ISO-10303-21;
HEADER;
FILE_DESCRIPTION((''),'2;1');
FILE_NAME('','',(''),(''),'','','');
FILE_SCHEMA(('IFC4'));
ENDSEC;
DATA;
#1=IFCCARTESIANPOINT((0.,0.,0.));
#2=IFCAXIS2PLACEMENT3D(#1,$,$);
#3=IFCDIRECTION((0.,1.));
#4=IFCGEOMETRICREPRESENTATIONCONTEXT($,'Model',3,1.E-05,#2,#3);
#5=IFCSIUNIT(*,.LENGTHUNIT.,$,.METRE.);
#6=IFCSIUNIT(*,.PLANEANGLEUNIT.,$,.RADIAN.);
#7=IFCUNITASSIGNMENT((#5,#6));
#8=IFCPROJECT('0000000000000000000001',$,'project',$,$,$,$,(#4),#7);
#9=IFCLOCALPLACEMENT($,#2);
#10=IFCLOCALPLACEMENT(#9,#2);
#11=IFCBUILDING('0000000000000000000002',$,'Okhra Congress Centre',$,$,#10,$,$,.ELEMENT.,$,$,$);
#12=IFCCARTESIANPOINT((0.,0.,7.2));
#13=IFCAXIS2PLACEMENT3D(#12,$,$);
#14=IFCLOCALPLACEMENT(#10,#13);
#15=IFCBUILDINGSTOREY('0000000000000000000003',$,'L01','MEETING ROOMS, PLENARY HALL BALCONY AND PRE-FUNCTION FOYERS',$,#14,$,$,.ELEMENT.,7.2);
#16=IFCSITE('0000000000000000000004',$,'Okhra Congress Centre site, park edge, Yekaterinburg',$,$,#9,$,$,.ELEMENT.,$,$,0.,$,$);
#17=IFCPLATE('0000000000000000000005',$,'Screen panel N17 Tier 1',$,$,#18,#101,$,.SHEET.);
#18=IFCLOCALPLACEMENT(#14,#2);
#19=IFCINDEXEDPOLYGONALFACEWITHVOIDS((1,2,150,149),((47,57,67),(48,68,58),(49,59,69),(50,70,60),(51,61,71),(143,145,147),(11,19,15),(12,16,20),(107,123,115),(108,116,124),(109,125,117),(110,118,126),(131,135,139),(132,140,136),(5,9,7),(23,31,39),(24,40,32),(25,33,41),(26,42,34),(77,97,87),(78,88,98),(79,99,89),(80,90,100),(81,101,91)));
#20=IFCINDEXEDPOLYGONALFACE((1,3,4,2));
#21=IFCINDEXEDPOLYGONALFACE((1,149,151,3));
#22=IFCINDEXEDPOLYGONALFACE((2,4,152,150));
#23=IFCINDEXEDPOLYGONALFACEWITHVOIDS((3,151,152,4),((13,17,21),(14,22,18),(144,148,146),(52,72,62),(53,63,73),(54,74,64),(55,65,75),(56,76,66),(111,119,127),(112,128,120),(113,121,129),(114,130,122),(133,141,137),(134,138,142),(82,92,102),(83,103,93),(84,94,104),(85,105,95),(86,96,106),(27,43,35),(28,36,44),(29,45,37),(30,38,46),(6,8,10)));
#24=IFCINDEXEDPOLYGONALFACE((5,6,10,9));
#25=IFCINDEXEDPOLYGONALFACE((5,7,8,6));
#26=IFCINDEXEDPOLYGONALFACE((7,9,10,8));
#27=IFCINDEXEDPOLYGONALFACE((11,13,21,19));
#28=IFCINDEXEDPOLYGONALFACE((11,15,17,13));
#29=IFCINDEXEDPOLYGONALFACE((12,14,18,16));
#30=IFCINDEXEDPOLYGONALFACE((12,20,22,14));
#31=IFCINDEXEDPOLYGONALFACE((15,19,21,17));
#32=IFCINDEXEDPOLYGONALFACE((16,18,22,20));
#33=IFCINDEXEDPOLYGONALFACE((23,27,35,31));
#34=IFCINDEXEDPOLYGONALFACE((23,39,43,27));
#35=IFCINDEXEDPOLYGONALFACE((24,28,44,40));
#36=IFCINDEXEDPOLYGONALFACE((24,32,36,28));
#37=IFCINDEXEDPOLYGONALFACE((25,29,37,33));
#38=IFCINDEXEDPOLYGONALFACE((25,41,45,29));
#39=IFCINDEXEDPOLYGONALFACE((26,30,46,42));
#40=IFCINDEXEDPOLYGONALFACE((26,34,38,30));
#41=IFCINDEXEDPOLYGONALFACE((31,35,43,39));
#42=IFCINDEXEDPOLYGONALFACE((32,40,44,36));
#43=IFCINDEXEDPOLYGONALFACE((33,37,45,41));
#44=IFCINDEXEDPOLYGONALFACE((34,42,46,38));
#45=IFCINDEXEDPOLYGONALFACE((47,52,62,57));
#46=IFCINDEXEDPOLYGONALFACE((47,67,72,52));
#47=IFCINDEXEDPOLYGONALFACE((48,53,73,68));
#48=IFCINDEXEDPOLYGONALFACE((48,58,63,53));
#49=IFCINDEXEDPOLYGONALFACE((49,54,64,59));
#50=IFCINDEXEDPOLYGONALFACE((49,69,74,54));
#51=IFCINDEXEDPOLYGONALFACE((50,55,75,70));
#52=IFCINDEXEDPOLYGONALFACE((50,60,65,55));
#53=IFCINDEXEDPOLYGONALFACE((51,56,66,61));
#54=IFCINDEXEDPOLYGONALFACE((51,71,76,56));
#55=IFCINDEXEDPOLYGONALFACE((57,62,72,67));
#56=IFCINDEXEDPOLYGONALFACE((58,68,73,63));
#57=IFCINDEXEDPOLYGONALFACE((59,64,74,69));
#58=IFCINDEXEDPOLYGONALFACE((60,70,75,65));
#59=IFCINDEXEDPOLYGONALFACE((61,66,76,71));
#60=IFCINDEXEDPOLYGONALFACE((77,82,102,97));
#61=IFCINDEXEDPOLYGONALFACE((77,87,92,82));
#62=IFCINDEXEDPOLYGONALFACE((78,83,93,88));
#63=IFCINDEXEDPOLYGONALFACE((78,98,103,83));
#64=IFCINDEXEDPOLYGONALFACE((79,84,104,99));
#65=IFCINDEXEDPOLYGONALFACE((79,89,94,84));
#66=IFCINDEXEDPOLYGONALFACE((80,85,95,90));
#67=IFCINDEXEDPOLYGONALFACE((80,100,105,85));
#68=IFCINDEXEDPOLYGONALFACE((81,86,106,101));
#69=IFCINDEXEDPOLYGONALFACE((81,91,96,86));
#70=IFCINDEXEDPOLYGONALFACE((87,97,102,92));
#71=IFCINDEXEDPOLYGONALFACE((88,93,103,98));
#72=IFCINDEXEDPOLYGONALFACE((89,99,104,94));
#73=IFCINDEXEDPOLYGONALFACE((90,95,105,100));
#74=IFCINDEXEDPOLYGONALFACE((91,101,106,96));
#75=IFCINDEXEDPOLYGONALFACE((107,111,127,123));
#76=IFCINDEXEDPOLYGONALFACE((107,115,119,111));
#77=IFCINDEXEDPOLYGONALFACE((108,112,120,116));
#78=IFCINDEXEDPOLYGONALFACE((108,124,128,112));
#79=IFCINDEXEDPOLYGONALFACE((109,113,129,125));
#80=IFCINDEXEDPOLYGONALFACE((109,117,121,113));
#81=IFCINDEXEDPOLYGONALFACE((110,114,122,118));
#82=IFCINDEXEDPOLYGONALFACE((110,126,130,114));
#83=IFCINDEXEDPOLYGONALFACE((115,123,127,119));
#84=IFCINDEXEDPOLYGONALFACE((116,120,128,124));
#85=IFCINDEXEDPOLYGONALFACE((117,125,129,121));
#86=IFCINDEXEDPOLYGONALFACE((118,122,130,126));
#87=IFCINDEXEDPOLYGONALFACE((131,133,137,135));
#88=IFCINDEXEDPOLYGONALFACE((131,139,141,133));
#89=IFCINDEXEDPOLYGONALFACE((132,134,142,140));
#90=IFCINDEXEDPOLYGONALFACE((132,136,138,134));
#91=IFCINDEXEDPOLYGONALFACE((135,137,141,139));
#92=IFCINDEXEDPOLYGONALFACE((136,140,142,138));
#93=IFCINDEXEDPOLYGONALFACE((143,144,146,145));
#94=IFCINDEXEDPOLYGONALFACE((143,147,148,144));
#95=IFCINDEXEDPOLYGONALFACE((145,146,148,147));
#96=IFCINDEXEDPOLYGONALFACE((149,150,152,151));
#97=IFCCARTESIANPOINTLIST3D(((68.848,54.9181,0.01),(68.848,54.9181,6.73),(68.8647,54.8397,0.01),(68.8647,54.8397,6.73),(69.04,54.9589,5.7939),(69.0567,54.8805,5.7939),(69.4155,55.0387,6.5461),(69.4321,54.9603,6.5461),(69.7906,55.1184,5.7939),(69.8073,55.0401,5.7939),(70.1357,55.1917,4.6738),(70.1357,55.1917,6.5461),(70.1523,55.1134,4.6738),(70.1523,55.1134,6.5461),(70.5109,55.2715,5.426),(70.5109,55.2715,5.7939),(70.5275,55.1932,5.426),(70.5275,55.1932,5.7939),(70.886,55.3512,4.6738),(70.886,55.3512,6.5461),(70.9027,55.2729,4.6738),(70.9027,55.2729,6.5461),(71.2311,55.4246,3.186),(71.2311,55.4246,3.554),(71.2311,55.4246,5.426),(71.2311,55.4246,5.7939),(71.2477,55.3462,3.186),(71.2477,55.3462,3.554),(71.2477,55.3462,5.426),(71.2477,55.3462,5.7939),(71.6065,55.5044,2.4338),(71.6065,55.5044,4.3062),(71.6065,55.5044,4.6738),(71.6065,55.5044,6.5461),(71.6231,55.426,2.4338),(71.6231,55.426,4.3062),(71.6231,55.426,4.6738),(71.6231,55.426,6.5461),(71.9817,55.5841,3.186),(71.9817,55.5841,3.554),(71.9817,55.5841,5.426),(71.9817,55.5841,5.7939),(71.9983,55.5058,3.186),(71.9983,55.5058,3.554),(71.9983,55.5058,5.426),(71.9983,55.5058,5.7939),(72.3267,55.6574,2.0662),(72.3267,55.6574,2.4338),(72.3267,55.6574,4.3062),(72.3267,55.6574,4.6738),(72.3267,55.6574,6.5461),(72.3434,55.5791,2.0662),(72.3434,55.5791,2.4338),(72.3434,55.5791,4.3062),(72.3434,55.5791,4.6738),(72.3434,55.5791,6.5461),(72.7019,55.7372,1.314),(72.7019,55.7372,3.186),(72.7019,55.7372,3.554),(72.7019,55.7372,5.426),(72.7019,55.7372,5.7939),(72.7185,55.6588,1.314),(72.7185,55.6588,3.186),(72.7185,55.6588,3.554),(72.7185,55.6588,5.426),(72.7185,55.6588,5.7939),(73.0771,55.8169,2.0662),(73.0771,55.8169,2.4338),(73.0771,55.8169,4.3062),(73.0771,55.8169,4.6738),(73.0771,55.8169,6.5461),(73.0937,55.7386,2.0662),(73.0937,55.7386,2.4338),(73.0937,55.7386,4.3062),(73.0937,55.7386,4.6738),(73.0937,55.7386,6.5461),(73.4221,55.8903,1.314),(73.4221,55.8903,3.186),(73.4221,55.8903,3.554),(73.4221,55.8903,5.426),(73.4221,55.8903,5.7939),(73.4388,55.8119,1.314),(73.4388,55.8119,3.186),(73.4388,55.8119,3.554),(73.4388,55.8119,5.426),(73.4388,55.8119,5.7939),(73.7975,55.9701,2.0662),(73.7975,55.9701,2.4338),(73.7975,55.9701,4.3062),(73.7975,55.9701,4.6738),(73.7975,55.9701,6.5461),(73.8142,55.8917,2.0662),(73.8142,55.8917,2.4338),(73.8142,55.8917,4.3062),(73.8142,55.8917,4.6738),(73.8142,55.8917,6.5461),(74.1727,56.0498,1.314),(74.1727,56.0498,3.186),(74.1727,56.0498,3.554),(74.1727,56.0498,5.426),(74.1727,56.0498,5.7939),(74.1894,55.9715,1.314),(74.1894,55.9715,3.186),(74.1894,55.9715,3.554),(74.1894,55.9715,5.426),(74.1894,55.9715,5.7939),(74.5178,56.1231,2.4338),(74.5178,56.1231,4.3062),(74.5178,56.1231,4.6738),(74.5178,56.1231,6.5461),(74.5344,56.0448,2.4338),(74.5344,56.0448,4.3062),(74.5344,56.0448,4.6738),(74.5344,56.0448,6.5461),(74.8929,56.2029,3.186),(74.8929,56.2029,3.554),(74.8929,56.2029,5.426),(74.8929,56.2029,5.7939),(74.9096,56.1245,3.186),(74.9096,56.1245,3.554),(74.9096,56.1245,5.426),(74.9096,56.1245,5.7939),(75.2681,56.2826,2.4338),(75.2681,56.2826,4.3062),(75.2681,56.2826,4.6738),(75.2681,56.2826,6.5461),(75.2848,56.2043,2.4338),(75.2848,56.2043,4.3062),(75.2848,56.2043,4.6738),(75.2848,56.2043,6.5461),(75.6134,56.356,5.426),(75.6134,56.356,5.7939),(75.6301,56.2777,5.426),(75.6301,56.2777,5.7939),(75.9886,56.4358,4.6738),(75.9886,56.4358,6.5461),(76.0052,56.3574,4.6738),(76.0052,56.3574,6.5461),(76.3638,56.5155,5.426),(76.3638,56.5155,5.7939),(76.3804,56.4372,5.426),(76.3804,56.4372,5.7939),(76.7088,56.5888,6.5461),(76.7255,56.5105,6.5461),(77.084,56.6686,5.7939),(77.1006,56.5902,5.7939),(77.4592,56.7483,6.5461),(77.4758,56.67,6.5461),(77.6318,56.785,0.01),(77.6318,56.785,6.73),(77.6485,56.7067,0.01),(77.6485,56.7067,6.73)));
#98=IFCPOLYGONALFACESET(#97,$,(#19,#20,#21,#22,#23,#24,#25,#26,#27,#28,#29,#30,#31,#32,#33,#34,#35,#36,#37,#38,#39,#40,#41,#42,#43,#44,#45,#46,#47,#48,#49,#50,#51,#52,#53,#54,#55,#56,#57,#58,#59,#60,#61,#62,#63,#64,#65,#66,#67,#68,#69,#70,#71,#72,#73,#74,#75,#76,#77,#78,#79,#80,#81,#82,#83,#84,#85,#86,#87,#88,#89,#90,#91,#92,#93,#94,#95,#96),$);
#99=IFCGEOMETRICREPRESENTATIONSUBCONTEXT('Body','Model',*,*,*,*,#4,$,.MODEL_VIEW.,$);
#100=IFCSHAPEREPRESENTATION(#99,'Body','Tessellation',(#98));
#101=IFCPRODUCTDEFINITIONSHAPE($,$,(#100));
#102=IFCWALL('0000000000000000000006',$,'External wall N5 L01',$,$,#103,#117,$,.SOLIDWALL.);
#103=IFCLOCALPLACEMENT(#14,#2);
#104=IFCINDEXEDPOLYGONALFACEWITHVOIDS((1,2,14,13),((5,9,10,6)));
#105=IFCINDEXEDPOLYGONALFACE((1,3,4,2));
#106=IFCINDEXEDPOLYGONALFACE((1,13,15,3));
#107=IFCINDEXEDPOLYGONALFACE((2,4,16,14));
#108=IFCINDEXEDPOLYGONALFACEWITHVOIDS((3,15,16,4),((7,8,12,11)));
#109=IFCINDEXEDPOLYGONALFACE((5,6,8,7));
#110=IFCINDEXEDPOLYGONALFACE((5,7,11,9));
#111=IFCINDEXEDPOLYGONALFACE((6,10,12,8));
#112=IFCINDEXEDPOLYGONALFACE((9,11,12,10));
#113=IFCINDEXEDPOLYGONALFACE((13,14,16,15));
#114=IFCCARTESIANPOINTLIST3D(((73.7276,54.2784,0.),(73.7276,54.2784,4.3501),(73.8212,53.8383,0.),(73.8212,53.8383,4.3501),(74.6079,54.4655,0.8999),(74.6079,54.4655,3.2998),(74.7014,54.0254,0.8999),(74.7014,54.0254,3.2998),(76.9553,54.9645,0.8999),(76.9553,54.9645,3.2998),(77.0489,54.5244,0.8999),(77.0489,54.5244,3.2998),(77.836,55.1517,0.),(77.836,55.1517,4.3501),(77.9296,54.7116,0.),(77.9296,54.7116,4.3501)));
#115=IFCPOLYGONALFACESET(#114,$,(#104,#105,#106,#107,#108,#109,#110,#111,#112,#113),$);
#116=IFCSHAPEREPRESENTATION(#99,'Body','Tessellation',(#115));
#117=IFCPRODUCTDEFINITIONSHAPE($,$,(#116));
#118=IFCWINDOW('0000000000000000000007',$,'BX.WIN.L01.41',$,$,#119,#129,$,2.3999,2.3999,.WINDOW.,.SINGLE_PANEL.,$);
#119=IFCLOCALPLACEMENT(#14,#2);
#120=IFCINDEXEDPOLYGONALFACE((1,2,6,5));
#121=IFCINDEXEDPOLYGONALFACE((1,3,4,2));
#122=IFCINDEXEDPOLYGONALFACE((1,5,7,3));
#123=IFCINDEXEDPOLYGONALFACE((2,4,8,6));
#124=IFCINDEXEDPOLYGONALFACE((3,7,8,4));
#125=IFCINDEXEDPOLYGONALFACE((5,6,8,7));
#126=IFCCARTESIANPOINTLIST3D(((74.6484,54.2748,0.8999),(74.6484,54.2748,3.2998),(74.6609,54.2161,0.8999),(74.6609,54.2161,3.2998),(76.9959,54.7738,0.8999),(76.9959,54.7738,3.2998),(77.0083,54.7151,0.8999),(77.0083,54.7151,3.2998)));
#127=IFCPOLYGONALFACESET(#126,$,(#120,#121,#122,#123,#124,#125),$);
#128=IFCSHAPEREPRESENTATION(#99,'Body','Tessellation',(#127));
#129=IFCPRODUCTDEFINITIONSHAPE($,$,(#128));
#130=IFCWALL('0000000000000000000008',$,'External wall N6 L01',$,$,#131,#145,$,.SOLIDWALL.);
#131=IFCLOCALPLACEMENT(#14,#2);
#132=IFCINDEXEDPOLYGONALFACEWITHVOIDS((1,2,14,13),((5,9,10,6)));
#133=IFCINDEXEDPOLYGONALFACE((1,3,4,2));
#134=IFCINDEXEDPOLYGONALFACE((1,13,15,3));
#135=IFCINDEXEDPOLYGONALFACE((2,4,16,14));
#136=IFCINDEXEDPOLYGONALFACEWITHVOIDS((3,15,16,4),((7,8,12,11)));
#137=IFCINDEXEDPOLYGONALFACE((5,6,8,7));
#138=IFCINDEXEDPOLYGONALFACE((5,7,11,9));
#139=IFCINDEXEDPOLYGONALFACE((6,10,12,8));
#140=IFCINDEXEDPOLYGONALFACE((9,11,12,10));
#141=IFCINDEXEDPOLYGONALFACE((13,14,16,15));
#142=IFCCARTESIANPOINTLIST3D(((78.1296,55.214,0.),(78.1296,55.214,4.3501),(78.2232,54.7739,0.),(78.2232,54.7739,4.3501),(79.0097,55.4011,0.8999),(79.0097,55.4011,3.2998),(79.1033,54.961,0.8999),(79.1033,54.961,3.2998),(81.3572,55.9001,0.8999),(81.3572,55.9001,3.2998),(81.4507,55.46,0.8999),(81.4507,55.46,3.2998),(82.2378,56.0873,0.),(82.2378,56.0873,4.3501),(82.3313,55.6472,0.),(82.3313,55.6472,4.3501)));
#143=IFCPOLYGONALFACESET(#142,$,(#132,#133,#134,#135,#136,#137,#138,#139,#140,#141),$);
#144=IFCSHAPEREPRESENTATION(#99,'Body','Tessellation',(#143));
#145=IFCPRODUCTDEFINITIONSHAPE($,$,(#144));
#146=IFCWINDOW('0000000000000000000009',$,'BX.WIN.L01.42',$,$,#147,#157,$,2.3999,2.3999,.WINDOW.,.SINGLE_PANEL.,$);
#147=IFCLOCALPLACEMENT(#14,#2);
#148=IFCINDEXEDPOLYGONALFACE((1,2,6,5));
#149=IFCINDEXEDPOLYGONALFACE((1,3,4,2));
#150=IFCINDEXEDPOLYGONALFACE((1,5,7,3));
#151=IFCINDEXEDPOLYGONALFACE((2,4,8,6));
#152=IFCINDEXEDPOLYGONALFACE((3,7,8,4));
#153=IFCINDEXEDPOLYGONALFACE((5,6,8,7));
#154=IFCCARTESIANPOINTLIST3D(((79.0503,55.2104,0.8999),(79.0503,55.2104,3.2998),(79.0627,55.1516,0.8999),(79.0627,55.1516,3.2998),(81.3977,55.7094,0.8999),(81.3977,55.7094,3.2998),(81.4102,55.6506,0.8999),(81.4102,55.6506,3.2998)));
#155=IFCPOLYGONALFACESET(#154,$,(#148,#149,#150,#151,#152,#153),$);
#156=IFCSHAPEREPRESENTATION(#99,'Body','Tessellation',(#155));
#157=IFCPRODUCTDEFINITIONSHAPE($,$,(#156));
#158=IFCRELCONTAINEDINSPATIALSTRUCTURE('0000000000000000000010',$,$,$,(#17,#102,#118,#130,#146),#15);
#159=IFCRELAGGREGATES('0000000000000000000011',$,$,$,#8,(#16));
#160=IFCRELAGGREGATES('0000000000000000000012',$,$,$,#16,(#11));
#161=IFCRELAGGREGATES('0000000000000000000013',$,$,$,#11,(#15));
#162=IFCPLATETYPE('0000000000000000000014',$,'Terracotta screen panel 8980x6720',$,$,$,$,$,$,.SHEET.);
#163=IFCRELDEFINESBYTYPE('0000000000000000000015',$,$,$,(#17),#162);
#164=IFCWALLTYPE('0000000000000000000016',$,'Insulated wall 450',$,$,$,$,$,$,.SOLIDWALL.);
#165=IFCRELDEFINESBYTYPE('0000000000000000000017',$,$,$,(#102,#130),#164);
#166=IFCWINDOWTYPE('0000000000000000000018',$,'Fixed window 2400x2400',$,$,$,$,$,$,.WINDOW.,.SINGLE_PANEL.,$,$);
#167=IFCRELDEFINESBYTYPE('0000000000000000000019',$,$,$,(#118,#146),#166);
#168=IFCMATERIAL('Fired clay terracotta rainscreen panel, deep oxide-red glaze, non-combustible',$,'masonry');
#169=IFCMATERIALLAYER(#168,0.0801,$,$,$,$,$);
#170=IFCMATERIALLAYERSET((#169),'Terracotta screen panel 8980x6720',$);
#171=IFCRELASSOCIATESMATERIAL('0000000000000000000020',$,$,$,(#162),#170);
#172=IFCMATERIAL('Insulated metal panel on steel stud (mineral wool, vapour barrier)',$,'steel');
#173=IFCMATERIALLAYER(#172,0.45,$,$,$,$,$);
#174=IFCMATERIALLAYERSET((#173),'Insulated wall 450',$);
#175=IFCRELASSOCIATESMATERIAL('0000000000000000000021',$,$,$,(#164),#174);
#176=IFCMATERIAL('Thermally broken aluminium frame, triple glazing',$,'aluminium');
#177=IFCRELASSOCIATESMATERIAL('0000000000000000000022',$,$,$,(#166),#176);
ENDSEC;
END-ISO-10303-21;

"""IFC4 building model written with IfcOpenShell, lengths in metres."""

from ifc_helpers import new_model, si_unit, direction, frame, frame_2d, origin, place, context, subcontext, project, spatial, polyline, rectangle, outline, extrude, material, layer, layer_set, type_object, element, fill, save


model = new_model("IFC4")

# Units and contexts
model_context = context("Model", 3, precision=1e-05, world=origin(), true_north=direction((0.0, 1.0)))
body_context = subcontext(model_context, "Body", "Model", "MODEL_VIEW")
ifc_project = project(units=[si_unit("LENGTHUNIT", "METRE"), si_unit("PLANEANGLEUNIT", "RADIAN")], contexts=[model_context])

# Site, building, storey
site_placement = place(None, origin())
site = spatial("IfcSite", under=ifc_project, at=site_placement, Name="Okhra Congress Centre site, park edge, Yekaterinburg", CompositionType="ELEMENT", RefElevation=0.0)
building_placement = place(site_placement, origin())
building = spatial("IfcBuilding", under=site, at=building_placement, Name="Okhra Congress Centre", CompositionType="ELEMENT")
storey_placement = place(building_placement, frame((0.0, 0.0, 7.2)))
storey = spatial("IfcBuildingStorey", under=building, at=storey_placement, Name="L01", Description="MEETING ROOMS, PLENARY HALL BALCONY AND PRE-FUNCTION FOYERS", CompositionType="ELEMENT", Elevation=7.2)

# Plate
ifc_material_1 = material(Name="Fired clay terracotta rainscreen panel, deep oxide-red glaze, non-combustible", Category="masonry")
ifc_layer_1 = layer(ifc_material_1, 0.0801)
ifc_layer_set_1 = layer_set([ifc_layer_1], Name="Terracotta screen panel 8980x6720")
plate_type = type_object("IfcPlateType", Name="Terracotta screen panel 8980x6720", PredefinedType="SHEET", material=ifc_layer_set_1)
plate_1_placement = place(storey_placement, frame((77.6401, 56.7458, 0.01), z_axis=(0.0, 0.0, 1.0), x_axis=(-0.97815, -0.207902, 0.0)))
element("IfcPlate", 1, at=plate_1_placement, inside=storey, type_object=plate_type, Name="Screen panel N17 Tier 1", PredefinedType="SHEET", context=body_context, shape_type="SweptSolid", body=[
    extrude(outline(polyline([(0.0, 0.0), (8.98, 0.0), (8.98, 6.72), (0.0, 6.72), (0.0, 0.0)]), holes=[polyline([(3.5364, 1.304), (4.3037, 1.304), (3.9199, 2.0562), (3.5364, 1.304)]), polyline([(4.6565, 2.0562), (5.04, 1.304), (5.4236, 2.0562), (4.6565, 2.0562)]), polyline([(2.4165, 2.4238), (3.1836, 2.4238), (2.8, 3.176), (2.4165, 2.4238)]), polyline([(3.5364, 3.176), (3.9199, 2.4238), (4.3037, 3.176), (3.5364, 3.176)]), polyline([(4.6565, 2.4238), (5.4236, 2.4238), (5.04, 3.176), (4.6565, 2.4238)]), polyline([(5.7764, 3.176), (6.1599, 2.4238), (6.5437, 3.176), (5.7764, 3.176)]), polyline([(2.4165, 4.2961), (2.8, 3.5439), (3.1836, 4.2961), (2.4165, 4.2961)]), polyline([(3.5364, 3.5439), (4.3037, 3.5439), (3.9199, 4.2961), (3.5364, 3.5439)]), polyline([(4.6565, 4.2961), (5.04, 3.5439), (5.4236, 4.2961), (4.6565, 4.2961)]), polyline([(5.7764, 3.5439), (6.5437, 3.5439), (6.1599, 4.2961), (5.7764, 3.5439)]), polyline([(1.2964, 5.416), (1.6799, 4.6638), (2.0635, 5.416), (1.2964, 5.416)]), polyline([(2.4165, 4.6638), (3.1836, 4.6638), (2.8, 5.416), (2.4165, 4.6638)]), polyline([(3.5364, 5.416), (3.9199, 4.6638), (4.3037, 5.416), (3.5364, 5.416)]), polyline([(4.6565, 4.6638), (5.4236, 4.6638), (5.04, 5.416), (4.6565, 4.6638)]), polyline([(5.7764, 5.416), (6.1599, 4.6638), (6.5437, 5.416), (5.7764, 5.416)]), polyline([(6.8965, 4.6638), (7.6636, 4.6638), (7.28, 5.416), (6.8965, 4.6638)]), polyline([(0.1765, 6.5361), (0.5601, 5.7839), (0.9436, 6.5361), (0.1765, 6.5361)]), polyline([(1.2964, 5.7839), (2.0635, 5.7839), (1.6799, 6.5361), (1.2964, 5.7839)]), polyline([(2.4165, 6.5361), (2.8, 5.7839), (3.1836, 6.5361), (2.4165, 6.5361)]), polyline([(3.5364, 5.7839), (4.3037, 5.7839), (3.9199, 6.5361), (3.5364, 5.7839)]), polyline([(4.6565, 6.5361), (5.04, 5.7839), (5.4236, 6.5361), (4.6565, 6.5361)]), polyline([(5.7764, 5.7839), (6.5437, 5.7839), (6.1599, 6.5361), (5.7764, 5.7839)]), polyline([(6.8965, 6.5361), (7.28, 5.7839), (7.6636, 6.5361), (6.8965, 6.5361)]), polyline([(8.0164, 5.7839), (8.7837, 5.7839), (8.3999, 6.5361), (8.0164, 5.7839)])]), frame((0.0, 0.04, 0.0), z_axis=(0.0, -1.0, 0.0), x_axis=(1.0, 0.0, 0.0)), (0.0, 0.0, 1.0), 0.0801),
])

# Walls, openings, windows
ifc_material_2 = material(Name="Insulated metal panel on steel stud (mineral wool, vapour barrier)", Category="steel")
ifc_layer_2 = layer(ifc_material_2, 0.45)
ifc_layer_set_2 = layer_set([ifc_layer_2], Name="Insulated wall 450")
wall_type_1 = type_object("IfcWallType", Name="Insulated wall 450", PredefinedType="SOLIDWALL", material=ifc_layer_set_2)
wall_1_placement = place(storey_placement, frame((73.7744, 54.0583, 0.0), z_axis=(0.0, 0.0, 1.0), x_axis=(0.978146, 0.207917, 0.0)))
wall_1 = element("IfcWall", 2, at=wall_1_placement, inside=storey, type_object=wall_type_1, Name="External wall N5 L01", PredefinedType="SOLIDWALL", context=body_context, shape_type="SweptSolid", body=[
    extrude(rectangle(XDim=4.2002, YDim=0.45, at=frame_2d((2.1001, 0.0))), origin(), (0.0, 0.0, 1.0), 4.3501),
])
opening_1_placement = place(wall_1_placement, frame((0.8999, 0.0, 0.8999)))
opening_1 = element("IfcOpeningElement", 3, at=opening_1_placement, cuts=wall_1, PredefinedType="OPENING", context=body_context, shape_type="SweptSolid", body=[
    extrude(rectangle(XDim=2.3999, YDim=2.3999, at=frame_2d((1.2, 1.2))), frame((0.0, 0.2349, 0.0), z_axis=(0.0, -1.0, 0.0), x_axis=(1.0, 0.0, 0.0)), (0.0, 0.0, 1.0), 0.47),
])
ifc_material_3 = material(Name="Thermally broken aluminium frame, triple glazing", Category="aluminium")
window_type = type_object("IfcWindowType", Name="Fixed window 2400x2400", PartitioningType="SINGLE_PANEL", PredefinedType="WINDOW", material=ifc_material_3)
window_1_placement = place(opening_1_placement, origin())
window_1 = element("IfcWindow", 4, at=window_1_placement, inside=storey, type_object=window_type, Name="BX.WIN.L01.41", OverallHeight=2.3999, OverallWidth=2.3999, PartitioningType="SINGLE_PANEL", PredefinedType="WINDOW", context=body_context, shape_type="SweptSolid", body=[
    extrude(rectangle(XDim=2.3999, YDim=2.3999, at=frame_2d((1.2, 1.2))), frame((0.0, 0.03, 0.0), z_axis=(0.0, -1.0, 0.0), x_axis=(1.0, 0.0, 0.0)), (0.0, 0.0, 1.0), 0.0601),
])
fill(opening_1, window_1)
wall_2_placement = place(storey_placement, frame((78.1763, 54.9939, 0.0), z_axis=(0.0, 0.0, 1.0), x_axis=(0.978144, 0.207929, 0.0)))
wall_2 = element("IfcWall", 5, at=wall_2_placement, inside=storey, type_object=wall_type_1, Name="External wall N6 L01", PredefinedType="SOLIDWALL", context=body_context, shape_type="SweptSolid", body=[
    extrude(rectangle(XDim=4.2, YDim=0.45, at=frame_2d((2.1001, 0.0))), origin(), (0.0, 0.0, 1.0), 4.3501),
])
opening_2_placement = place(wall_2_placement, frame((0.8999, 0.0, 0.8999)))
opening_2 = element("IfcOpeningElement", 6, at=opening_2_placement, cuts=wall_2, PredefinedType="OPENING", context=body_context, shape_type="SweptSolid", body=[
    extrude(rectangle(XDim=2.3999, YDim=2.3999, at=frame_2d((1.2, 1.2))), frame((0.0, 0.2349, 0.0), z_axis=(0.0, -1.0, 0.0), x_axis=(1.0, 0.0, 0.0)), (0.0, 0.0, 1.0), 0.47),
])
window_2_placement = place(opening_2_placement, origin())
window_2 = element("IfcWindow", 7, at=window_2_placement, inside=storey, type_object=window_type, Name="BX.WIN.L01.42", OverallHeight=2.3999, OverallWidth=2.3999, PartitioningType="SINGLE_PANEL", PredefinedType="WINDOW", context=body_context, shape_type="SweptSolid", body=[
    extrude(rectangle(XDim=2.3999, YDim=2.3999, at=frame_2d((1.2, 1.2))), frame((0.0, 0.03, 0.0), z_axis=(0.0, -1.0, 0.0), x_axis=(1.0, 0.0, 0.0)), (0.0, 0.0, 1.0), 0.0601),
])
fill(opening_2, window_2)

save(model, "model.ifc")
